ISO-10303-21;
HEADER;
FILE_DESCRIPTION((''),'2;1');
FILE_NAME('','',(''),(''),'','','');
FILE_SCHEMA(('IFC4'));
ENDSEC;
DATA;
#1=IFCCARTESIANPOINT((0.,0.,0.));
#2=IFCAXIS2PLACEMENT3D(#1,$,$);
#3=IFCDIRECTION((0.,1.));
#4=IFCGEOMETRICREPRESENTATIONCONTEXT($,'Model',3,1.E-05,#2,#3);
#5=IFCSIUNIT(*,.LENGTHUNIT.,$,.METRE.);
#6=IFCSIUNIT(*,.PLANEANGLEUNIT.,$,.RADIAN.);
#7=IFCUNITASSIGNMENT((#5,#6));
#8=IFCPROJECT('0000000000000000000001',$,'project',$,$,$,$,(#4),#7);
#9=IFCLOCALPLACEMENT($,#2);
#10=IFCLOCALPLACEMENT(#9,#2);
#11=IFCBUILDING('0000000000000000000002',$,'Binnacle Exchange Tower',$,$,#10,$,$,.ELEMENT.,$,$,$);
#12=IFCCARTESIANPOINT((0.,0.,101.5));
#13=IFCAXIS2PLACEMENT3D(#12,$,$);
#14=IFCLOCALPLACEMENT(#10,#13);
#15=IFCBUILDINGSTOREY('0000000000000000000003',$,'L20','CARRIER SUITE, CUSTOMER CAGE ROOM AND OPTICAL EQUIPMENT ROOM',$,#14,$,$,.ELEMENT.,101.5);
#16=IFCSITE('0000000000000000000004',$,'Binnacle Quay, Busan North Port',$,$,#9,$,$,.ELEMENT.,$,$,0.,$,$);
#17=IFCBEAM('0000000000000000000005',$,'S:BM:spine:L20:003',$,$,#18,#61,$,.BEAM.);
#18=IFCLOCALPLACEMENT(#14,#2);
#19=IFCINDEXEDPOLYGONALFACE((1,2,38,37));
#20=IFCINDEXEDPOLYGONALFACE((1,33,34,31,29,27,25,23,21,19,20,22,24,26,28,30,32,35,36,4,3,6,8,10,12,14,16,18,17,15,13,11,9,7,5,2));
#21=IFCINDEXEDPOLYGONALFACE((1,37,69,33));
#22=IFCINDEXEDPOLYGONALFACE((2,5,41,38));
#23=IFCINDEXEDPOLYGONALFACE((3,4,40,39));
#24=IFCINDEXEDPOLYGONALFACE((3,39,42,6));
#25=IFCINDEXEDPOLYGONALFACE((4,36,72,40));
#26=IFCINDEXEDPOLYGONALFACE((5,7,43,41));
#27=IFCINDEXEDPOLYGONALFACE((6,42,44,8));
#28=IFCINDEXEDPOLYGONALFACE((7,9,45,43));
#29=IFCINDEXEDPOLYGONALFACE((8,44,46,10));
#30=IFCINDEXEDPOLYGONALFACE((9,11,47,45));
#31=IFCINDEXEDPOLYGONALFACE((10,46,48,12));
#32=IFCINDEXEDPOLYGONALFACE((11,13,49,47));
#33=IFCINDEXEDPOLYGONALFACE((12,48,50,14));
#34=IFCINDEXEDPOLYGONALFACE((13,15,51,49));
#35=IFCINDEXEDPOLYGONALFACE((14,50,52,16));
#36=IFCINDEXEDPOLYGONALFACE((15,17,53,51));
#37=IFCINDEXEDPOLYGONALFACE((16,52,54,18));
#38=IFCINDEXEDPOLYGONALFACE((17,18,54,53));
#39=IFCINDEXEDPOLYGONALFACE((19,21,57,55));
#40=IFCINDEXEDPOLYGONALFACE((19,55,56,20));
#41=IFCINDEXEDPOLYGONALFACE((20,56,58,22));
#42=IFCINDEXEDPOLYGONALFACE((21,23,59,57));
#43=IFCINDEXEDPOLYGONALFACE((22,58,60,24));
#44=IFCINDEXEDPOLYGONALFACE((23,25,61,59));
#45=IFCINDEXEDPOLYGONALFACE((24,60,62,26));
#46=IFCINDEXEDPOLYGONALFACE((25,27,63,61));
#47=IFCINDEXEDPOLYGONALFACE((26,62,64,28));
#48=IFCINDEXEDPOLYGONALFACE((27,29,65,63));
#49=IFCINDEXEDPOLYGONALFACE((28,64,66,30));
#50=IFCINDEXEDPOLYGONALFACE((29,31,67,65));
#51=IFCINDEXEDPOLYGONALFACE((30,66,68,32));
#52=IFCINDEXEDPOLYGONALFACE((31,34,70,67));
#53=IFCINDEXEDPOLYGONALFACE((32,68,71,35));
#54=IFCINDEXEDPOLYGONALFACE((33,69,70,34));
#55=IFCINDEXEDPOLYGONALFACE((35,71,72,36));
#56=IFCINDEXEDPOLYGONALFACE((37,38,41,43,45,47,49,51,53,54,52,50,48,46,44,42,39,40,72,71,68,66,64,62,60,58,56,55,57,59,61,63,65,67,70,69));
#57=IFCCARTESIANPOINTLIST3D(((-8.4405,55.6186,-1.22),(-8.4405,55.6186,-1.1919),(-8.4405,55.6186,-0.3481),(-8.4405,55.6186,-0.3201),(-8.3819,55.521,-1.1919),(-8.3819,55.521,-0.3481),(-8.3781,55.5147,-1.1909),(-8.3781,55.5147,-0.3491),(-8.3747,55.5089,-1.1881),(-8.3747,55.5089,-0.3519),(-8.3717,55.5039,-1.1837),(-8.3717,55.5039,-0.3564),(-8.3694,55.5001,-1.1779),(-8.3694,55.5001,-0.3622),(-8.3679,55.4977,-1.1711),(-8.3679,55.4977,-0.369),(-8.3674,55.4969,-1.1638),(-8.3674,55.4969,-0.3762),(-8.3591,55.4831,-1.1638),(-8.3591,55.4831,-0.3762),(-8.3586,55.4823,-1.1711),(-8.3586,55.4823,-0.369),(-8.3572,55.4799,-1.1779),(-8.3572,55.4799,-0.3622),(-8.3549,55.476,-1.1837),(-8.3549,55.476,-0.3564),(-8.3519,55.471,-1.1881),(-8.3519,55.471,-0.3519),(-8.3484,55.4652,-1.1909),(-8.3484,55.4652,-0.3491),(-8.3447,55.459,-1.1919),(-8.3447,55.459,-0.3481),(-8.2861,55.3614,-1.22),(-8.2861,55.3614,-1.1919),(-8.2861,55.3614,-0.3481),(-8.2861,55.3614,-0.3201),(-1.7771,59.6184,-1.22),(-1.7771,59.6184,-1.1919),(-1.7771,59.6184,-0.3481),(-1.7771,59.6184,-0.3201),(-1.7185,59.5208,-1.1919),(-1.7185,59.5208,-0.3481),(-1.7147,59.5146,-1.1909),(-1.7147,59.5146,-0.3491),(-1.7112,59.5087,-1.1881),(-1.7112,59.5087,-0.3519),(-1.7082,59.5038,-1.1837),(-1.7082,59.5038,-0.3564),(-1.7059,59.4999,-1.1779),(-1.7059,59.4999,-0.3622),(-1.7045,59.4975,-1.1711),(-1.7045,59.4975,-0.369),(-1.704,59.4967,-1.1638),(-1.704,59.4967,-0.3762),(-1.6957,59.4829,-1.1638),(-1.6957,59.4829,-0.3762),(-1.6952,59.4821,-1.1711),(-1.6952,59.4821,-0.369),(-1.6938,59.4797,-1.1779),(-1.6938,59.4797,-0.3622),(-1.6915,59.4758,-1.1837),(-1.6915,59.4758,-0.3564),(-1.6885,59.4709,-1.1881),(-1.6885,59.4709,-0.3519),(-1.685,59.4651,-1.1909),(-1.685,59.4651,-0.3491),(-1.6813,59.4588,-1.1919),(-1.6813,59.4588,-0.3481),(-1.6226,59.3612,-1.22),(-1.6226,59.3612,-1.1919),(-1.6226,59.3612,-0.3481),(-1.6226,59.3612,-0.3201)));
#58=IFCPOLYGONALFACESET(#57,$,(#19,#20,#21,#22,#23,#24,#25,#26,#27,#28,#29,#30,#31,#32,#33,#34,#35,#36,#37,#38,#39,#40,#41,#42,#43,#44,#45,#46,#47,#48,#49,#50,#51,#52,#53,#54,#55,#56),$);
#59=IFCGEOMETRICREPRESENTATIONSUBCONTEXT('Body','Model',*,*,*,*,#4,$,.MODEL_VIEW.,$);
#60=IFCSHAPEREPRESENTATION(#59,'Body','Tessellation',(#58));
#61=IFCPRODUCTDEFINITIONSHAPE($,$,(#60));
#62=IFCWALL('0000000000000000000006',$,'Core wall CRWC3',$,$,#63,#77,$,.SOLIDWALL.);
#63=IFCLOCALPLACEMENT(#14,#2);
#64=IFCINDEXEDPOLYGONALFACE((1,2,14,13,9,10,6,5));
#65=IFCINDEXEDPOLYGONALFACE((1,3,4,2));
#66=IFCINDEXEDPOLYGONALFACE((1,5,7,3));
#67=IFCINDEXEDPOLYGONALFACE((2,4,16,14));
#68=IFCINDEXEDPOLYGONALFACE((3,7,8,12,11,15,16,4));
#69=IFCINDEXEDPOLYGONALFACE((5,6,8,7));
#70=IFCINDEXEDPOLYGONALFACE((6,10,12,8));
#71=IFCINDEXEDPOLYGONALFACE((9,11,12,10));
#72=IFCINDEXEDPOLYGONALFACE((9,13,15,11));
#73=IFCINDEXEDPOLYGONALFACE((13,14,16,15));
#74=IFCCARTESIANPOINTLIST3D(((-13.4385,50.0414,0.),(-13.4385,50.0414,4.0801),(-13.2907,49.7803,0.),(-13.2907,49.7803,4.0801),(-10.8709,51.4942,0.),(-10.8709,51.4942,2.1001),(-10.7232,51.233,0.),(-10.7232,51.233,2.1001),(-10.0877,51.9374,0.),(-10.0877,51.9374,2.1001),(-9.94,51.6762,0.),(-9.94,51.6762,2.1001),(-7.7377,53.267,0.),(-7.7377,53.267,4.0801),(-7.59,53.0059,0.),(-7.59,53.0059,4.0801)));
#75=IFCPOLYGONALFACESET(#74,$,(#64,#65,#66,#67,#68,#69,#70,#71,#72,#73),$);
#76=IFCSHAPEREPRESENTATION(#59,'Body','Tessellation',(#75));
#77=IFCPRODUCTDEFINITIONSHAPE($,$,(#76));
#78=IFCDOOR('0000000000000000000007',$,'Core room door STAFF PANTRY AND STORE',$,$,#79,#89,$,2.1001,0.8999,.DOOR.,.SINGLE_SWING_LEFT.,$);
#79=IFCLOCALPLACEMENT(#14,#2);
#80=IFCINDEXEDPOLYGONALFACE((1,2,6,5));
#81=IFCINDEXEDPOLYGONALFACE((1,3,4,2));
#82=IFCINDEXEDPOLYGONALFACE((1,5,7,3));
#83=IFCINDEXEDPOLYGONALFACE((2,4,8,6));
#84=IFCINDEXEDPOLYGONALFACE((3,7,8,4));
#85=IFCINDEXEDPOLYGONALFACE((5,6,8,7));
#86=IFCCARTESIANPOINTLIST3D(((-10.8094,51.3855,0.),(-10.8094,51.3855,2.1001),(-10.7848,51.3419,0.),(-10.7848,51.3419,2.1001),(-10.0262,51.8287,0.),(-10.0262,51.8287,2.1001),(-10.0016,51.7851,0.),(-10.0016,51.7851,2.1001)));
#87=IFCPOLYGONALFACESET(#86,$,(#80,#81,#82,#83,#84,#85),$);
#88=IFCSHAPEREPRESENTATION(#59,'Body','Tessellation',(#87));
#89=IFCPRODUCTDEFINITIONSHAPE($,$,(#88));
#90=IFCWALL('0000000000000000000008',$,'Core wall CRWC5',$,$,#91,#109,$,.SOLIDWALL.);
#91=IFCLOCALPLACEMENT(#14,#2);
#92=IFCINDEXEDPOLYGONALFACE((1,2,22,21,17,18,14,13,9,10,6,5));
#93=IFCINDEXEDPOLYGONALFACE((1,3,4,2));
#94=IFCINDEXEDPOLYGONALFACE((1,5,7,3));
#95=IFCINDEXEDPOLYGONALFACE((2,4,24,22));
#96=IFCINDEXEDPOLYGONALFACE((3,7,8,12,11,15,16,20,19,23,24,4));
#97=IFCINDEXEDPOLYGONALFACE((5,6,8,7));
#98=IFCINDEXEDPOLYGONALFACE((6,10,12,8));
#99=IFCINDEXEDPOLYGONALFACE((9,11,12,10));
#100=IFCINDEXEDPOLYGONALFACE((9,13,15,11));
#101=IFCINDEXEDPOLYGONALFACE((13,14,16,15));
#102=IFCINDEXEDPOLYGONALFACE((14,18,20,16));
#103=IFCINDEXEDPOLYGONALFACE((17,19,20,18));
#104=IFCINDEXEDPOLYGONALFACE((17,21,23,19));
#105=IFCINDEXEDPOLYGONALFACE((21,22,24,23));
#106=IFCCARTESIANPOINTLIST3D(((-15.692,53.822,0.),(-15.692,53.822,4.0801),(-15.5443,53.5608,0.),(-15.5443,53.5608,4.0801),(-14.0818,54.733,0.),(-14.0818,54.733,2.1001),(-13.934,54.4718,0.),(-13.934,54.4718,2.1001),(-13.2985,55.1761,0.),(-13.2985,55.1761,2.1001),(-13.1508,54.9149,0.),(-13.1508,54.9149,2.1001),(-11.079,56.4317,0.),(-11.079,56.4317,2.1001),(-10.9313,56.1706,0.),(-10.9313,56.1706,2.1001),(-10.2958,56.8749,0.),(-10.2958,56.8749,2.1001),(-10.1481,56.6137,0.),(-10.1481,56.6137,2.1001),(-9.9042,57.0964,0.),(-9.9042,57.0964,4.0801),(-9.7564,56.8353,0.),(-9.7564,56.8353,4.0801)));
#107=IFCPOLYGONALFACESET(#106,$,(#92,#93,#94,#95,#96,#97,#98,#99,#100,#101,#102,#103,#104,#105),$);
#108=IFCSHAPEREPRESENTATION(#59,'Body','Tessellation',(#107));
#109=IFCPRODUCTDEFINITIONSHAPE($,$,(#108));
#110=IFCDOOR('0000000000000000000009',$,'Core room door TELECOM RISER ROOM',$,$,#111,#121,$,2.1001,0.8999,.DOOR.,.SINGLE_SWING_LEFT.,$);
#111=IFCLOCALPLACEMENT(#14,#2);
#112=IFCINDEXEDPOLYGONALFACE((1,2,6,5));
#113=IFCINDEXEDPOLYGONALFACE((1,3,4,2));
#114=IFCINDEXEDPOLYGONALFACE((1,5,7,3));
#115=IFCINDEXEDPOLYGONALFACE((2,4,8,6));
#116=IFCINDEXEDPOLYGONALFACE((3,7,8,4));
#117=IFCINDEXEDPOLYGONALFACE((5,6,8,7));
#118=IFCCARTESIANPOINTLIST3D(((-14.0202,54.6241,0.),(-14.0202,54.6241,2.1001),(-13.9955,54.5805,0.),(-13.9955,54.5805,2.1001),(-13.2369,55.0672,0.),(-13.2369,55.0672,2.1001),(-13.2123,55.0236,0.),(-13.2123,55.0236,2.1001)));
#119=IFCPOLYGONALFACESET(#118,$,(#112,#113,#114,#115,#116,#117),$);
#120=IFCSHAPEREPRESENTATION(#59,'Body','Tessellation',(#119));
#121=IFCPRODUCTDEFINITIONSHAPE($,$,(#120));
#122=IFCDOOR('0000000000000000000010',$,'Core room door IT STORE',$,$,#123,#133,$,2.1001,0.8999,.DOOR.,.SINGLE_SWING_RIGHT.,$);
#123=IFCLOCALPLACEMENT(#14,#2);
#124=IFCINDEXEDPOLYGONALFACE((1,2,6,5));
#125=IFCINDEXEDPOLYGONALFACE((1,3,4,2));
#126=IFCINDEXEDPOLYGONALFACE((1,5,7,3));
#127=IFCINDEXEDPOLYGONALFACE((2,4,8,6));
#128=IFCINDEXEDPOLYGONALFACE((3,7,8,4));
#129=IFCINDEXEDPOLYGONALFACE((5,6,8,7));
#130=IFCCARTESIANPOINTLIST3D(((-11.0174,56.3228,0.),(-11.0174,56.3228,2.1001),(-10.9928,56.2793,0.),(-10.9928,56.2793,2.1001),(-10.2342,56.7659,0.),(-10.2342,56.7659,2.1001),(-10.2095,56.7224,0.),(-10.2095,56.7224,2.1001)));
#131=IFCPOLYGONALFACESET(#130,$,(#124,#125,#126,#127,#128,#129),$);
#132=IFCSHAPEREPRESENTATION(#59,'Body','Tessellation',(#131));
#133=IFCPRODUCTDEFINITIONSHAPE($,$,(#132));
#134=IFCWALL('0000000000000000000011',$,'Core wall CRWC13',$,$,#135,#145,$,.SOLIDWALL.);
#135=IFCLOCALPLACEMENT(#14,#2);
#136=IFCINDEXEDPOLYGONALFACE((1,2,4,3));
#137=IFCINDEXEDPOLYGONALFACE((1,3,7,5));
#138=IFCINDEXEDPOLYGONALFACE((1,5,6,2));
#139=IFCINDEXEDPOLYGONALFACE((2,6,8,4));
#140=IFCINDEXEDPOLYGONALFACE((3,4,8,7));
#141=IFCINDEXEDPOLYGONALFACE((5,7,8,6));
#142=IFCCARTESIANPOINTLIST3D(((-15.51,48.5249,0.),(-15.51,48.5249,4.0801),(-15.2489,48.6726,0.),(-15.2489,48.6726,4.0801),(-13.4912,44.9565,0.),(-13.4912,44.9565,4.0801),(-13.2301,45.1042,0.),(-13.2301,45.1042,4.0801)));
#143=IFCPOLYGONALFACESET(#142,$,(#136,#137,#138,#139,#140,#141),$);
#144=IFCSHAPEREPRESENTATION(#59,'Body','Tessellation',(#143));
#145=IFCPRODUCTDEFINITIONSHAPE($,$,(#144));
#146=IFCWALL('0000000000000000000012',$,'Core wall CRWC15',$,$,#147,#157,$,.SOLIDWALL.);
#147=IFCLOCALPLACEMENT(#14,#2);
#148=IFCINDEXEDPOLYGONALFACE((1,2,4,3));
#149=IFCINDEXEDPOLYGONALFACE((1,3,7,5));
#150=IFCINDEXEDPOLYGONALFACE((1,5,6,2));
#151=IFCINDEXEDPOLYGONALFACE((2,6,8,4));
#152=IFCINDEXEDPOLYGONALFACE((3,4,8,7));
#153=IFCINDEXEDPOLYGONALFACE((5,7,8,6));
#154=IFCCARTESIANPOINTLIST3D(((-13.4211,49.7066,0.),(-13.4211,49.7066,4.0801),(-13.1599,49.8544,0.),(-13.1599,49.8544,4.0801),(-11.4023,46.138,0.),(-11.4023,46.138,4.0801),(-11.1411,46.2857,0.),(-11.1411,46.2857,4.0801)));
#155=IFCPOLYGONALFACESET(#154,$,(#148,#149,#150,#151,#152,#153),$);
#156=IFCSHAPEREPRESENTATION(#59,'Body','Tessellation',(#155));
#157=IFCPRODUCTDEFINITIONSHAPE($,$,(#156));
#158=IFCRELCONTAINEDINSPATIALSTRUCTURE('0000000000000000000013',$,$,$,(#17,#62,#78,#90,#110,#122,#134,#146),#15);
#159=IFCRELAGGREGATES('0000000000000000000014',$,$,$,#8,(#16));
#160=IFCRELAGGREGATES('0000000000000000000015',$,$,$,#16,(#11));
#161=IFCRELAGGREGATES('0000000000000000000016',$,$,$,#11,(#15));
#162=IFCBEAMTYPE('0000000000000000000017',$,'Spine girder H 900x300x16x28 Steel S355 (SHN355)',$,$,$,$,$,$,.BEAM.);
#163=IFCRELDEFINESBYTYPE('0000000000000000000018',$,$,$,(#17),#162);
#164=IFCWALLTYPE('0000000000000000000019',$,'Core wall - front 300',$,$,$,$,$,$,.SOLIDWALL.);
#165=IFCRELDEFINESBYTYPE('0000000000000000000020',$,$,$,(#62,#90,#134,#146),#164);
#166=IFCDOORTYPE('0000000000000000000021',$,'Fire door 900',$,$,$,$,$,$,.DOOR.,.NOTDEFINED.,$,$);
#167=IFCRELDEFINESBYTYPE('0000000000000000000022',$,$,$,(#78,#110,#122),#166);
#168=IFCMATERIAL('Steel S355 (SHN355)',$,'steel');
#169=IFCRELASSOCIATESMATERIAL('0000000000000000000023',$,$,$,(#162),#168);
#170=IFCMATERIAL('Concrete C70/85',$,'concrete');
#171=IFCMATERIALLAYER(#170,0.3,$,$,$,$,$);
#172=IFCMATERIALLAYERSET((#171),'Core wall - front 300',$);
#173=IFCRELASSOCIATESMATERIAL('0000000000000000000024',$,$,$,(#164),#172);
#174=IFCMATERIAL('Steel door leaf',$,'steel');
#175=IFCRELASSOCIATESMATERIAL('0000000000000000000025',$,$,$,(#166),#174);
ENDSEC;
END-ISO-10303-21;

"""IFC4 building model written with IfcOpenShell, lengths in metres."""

from ifc_helpers import new_model, si_unit, direction, frame, frame_2d, origin, origin_2d, place, context, subcontext, project, spatial, rectangle, i_section, extrude, material, layer, layer_set, material_profile, profile_set, type_object, element, fill, save


model = new_model("IFC4")

# Units and contexts
model_context = context("Model", 3, precision=1e-05, world=origin(), true_north=direction((0.0, 1.0)))
body_context = subcontext(model_context, "Body", "Model", "MODEL_VIEW")
ifc_project = project(units=[si_unit("LENGTHUNIT", "METRE"), si_unit("PLANEANGLEUNIT", "RADIAN")], contexts=[model_context])

# Site, building, storey
site_placement = place(None, origin())
site = spatial("IfcSite", under=ifc_project, at=site_placement, Name="Binnacle Quay, Busan North Port", CompositionType="ELEMENT", RefElevation=0.0)
building_placement = place(site_placement, origin())
building = spatial("IfcBuilding", under=site, at=building_placement, Name="Binnacle Exchange Tower", CompositionType="ELEMENT")
storey_placement = place(building_placement, frame((0.0, 0.0, 101.5)))
storey = spatial("IfcBuildingStorey", under=building, at=storey_placement, Name="L20", Description="CARRIER SUITE, CUSTOMER CAGE ROOM AND OPTICAL EQUIPMENT ROOM", CompositionType="ELEMENT", Elevation=101.5)

# Shared definitions
ifc_material_1 = material(Name="Concrete C70/85", Category="concrete")

# Beam
ifc_material_2 = material(Name="Steel S355 (SHN355)", Category="steel")
ifc_material_profile_1 = material_profile(ifc_material_2, i_section(OverallWidth=0.3, OverallDepth=0.8999, WebThickness=0.0161, FlangeThickness=0.0281, FilletRadius=0.0281, at=origin_2d()), Name="H 900x300x16x28")
ifc_profile_set_1 = profile_set([ifc_material_profile_1], Name="Steel S355 (SHN355)")
beam_type_1 = type_object("IfcBeamType", Name="Spine girder H 900x300x16x28 Steel S355 (SHN355)", PredefinedType="BEAM", material=ifc_profile_set_1)
beam_1_placement = place(storey_placement, frame((-8.3633, 55.49, -0.77), z_axis=(0.857393, 0.514662, 0.0), x_axis=(-0.514662, 0.857393, 0.0)))
element("IfcBeam", 1, at=beam_1_placement, inside=storey, type_object=beam_type_1, Name="S:BM:spine:L20:003", PredefinedType="BEAM", context=body_context, shape_type="SweptSolid", body=[
    extrude(i_section(OverallWidth=0.3, OverallDepth=0.8999, WebThickness=0.0161, FlangeThickness=0.0281, FilletRadius=0.0281, at=origin_2d()), origin(), (0.0, 0.0, 1.0), 7.7717),
])

# Wall, opening, door
ifc_layer_1 = layer(ifc_material_1, 0.3)
ifc_layer_set_1 = layer_set([ifc_layer_1], Name="Core wall - front 300")
wall_type_1 = type_object("IfcWallType", Name="Core wall - front 300", PredefinedType="SOLIDWALL", material=ifc_layer_set_1)
wall_1_placement = place(storey_placement, frame((-13.3645, 49.9109, 0.0), z_axis=(0.0, 0.0, 1.0), x_axis=(0.870336, 0.492458, 0.0)))
wall_1 = element("IfcWall", 2, at=wall_1_placement, inside=storey, type_object=wall_type_1, Name="Core wall CRWC3", PredefinedType="SOLIDWALL", context=body_context, shape_type="SweptSolid", body=[
    extrude(rectangle(XDim=6.55, YDim=0.3, at=frame_2d((3.2749, 0.0))), origin(), (0.0, 0.0, 1.0), 4.0801),
])
opening_1_placement = place(wall_1_placement, frame((2.95, 0.0, 0.0)))
opening_1 = element("IfcOpeningElement", 3, at=opening_1_placement, cuts=wall_1, PredefinedType="OPENING", context=body_context, shape_type="SweptSolid", body=[
    extrude(rectangle(XDim=0.8999, YDim=2.1001, at=frame_2d((0.45, 1.05))), frame((0.0, 0.1599, 0.0), z_axis=(0.0, -1.0, 0.0), x_axis=(1.0, 0.0, 0.0)), (0.0, 0.0, 1.0), 0.3201),
])
ifc_material_3 = material(Name="Steel door leaf", Category="steel")
door_type_1 = type_object("IfcDoorType", Name="Fire door 900", OperationType="NOTDEFINED", PredefinedType="DOOR", material=ifc_material_3)
door_1_placement = place(opening_1_placement, frame((0.8999, 0.0, 0.0), z_axis=(0.0, 0.0, 1.0), x_axis=(-1.0, 0.0, 0.0)))
door_1 = element("IfcDoor", 4, at=door_1_placement, inside=storey, type_object=door_type_1, Name="Core room door STAFF PANTRY AND STORE", OperationType="SINGLE_SWING_LEFT", OverallHeight=2.1001, OverallWidth=0.8999, PredefinedType="DOOR", context=body_context, shape_type="SweptSolid", body=[
    extrude(rectangle(XDim=0.8999, YDim=2.1001, at=frame_2d((0.45, 1.05))), frame((0.0, 0.0249, 0.0), z_axis=(0.0, -1.0, 0.0), x_axis=(1.0, 0.0, 0.0)), (0.0, 0.0, 1.0), 0.05),
])
fill(opening_1, door_1)

# Wall, openings, doors
wall_2_placement = place(storey_placement, frame((-15.6182, 53.6914, 0.0), z_axis=(0.0, 0.0, 1.0), x_axis=(0.870368, 0.492402, 0.0)))
wall_2 = element("IfcWall", 5, at=wall_2_placement, inside=storey, type_object=wall_type_1, Name="Core wall CRWC5", PredefinedType="SOLIDWALL", context=body_context, shape_type="SweptSolid", body=[
    extrude(rectangle(XDim=6.6499, YDim=0.3, at=frame_2d((3.325, 0.0))), origin(), (0.0, 0.0, 1.0), 4.0801),
])
opening_2_placement = place(wall_2_placement, frame((1.8501, 0.0, 0.0)))
opening_2 = element("IfcOpeningElement", 6, at=opening_2_placement, cuts=wall_2, PredefinedType="OPENING", context=body_context, shape_type="SweptSolid", body=[
    extrude(rectangle(XDim=0.8999, YDim=2.1001, at=frame_2d((0.45, 1.05))), frame((0.0, 0.1599, 0.0), z_axis=(0.0, -1.0, 0.0), x_axis=(1.0, 0.0, 0.0)), (0.0, 0.0, 1.0), 0.3201),
])
opening_3_placement = place(wall_2_placement, frame((5.3, 0.0, 0.0)))
opening_3 = element("IfcOpeningElement", 7, at=opening_3_placement, cuts=wall_2, PredefinedType="OPENING", context=body_context, shape_type="SweptSolid", body=[
    extrude(rectangle(XDim=0.8999, YDim=2.1001, at=frame_2d((0.45, 1.05))), frame((0.0, 0.1599, 0.0), z_axis=(0.0, -1.0, 0.0), x_axis=(1.0, 0.0, 0.0)), (0.0, 0.0, 1.0), 0.3201),
])
door_2_placement = place(opening_2_placement, origin())
door_2 = element("IfcDoor", 8, at=door_2_placement, inside=storey, type_object=door_type_1, Name="Core room door TELECOM RISER ROOM", OperationType="SINGLE_SWING_LEFT", OverallHeight=2.1001, OverallWidth=0.8999, PredefinedType="DOOR", context=body_context, shape_type="SweptSolid", body=[
    extrude(rectangle(XDim=0.8999, YDim=2.1001, at=frame_2d((0.45, 1.05))), frame((0.0, 0.0249, 0.0), z_axis=(0.0, -1.0, 0.0), x_axis=(1.0, 0.0, 0.0)), (0.0, 0.0, 1.0), 0.05),
])
fill(opening_2, door_2)
door_3_placement = place(opening_3_placement, origin())
door_3 = element("IfcDoor", 9, at=door_3_placement, inside=storey, type_object=door_type_1, Name="Core room door IT STORE", OperationType="SINGLE_SWING_RIGHT", OverallHeight=2.1001, OverallWidth=0.8999, PredefinedType="DOOR", context=body_context, shape_type="SweptSolid", body=[
    extrude(rectangle(XDim=0.8999, YDim=2.1001, at=frame_2d((0.45, 1.05))), frame((0.0, 0.0249, 0.0), z_axis=(0.0, -1.0, 0.0), x_axis=(1.0, 0.0, 0.0)), (0.0, 0.0, 1.0), 0.05),
])
fill(opening_3, door_3)

# Walls
wall_3_placement = place(storey_placement, frame((-15.3794, 48.5986, 0.0), z_axis=(0.0, 0.0, 1.0), x_axis=(0.492408, -0.870364, 0.0)))
element("IfcWall", 10, at=wall_3_placement, inside=storey, type_object=wall_type_1, Name="Core wall CRWC13", PredefinedType="SOLIDWALL", context=body_context, shape_type="SweptSolid", body=[
    extrude(rectangle(XDim=4.0999, YDim=0.3, at=frame_2d((2.0498, 0.0))), origin(), (0.0, 0.0, 1.0), 4.0801),
])
wall_4_placement = place(storey_placement, frame((-13.2905, 49.7805, 0.0), z_axis=(0.0, 0.0, 1.0), x_axis=(0.492383, -0.870379, 0.0)))
element("IfcWall", 11, at=wall_4_placement, inside=storey, type_object=wall_type_1, Name="Core wall CRWC15", PredefinedType="SOLIDWALL", context=body_context, shape_type="SweptSolid", body=[
    extrude(rectangle(XDim=4.1001, YDim=0.3, at=frame_2d((2.05, 0.0))), origin(), (0.0, 0.0, 1.0), 4.0801),
])

save(model, "model.ifc")
